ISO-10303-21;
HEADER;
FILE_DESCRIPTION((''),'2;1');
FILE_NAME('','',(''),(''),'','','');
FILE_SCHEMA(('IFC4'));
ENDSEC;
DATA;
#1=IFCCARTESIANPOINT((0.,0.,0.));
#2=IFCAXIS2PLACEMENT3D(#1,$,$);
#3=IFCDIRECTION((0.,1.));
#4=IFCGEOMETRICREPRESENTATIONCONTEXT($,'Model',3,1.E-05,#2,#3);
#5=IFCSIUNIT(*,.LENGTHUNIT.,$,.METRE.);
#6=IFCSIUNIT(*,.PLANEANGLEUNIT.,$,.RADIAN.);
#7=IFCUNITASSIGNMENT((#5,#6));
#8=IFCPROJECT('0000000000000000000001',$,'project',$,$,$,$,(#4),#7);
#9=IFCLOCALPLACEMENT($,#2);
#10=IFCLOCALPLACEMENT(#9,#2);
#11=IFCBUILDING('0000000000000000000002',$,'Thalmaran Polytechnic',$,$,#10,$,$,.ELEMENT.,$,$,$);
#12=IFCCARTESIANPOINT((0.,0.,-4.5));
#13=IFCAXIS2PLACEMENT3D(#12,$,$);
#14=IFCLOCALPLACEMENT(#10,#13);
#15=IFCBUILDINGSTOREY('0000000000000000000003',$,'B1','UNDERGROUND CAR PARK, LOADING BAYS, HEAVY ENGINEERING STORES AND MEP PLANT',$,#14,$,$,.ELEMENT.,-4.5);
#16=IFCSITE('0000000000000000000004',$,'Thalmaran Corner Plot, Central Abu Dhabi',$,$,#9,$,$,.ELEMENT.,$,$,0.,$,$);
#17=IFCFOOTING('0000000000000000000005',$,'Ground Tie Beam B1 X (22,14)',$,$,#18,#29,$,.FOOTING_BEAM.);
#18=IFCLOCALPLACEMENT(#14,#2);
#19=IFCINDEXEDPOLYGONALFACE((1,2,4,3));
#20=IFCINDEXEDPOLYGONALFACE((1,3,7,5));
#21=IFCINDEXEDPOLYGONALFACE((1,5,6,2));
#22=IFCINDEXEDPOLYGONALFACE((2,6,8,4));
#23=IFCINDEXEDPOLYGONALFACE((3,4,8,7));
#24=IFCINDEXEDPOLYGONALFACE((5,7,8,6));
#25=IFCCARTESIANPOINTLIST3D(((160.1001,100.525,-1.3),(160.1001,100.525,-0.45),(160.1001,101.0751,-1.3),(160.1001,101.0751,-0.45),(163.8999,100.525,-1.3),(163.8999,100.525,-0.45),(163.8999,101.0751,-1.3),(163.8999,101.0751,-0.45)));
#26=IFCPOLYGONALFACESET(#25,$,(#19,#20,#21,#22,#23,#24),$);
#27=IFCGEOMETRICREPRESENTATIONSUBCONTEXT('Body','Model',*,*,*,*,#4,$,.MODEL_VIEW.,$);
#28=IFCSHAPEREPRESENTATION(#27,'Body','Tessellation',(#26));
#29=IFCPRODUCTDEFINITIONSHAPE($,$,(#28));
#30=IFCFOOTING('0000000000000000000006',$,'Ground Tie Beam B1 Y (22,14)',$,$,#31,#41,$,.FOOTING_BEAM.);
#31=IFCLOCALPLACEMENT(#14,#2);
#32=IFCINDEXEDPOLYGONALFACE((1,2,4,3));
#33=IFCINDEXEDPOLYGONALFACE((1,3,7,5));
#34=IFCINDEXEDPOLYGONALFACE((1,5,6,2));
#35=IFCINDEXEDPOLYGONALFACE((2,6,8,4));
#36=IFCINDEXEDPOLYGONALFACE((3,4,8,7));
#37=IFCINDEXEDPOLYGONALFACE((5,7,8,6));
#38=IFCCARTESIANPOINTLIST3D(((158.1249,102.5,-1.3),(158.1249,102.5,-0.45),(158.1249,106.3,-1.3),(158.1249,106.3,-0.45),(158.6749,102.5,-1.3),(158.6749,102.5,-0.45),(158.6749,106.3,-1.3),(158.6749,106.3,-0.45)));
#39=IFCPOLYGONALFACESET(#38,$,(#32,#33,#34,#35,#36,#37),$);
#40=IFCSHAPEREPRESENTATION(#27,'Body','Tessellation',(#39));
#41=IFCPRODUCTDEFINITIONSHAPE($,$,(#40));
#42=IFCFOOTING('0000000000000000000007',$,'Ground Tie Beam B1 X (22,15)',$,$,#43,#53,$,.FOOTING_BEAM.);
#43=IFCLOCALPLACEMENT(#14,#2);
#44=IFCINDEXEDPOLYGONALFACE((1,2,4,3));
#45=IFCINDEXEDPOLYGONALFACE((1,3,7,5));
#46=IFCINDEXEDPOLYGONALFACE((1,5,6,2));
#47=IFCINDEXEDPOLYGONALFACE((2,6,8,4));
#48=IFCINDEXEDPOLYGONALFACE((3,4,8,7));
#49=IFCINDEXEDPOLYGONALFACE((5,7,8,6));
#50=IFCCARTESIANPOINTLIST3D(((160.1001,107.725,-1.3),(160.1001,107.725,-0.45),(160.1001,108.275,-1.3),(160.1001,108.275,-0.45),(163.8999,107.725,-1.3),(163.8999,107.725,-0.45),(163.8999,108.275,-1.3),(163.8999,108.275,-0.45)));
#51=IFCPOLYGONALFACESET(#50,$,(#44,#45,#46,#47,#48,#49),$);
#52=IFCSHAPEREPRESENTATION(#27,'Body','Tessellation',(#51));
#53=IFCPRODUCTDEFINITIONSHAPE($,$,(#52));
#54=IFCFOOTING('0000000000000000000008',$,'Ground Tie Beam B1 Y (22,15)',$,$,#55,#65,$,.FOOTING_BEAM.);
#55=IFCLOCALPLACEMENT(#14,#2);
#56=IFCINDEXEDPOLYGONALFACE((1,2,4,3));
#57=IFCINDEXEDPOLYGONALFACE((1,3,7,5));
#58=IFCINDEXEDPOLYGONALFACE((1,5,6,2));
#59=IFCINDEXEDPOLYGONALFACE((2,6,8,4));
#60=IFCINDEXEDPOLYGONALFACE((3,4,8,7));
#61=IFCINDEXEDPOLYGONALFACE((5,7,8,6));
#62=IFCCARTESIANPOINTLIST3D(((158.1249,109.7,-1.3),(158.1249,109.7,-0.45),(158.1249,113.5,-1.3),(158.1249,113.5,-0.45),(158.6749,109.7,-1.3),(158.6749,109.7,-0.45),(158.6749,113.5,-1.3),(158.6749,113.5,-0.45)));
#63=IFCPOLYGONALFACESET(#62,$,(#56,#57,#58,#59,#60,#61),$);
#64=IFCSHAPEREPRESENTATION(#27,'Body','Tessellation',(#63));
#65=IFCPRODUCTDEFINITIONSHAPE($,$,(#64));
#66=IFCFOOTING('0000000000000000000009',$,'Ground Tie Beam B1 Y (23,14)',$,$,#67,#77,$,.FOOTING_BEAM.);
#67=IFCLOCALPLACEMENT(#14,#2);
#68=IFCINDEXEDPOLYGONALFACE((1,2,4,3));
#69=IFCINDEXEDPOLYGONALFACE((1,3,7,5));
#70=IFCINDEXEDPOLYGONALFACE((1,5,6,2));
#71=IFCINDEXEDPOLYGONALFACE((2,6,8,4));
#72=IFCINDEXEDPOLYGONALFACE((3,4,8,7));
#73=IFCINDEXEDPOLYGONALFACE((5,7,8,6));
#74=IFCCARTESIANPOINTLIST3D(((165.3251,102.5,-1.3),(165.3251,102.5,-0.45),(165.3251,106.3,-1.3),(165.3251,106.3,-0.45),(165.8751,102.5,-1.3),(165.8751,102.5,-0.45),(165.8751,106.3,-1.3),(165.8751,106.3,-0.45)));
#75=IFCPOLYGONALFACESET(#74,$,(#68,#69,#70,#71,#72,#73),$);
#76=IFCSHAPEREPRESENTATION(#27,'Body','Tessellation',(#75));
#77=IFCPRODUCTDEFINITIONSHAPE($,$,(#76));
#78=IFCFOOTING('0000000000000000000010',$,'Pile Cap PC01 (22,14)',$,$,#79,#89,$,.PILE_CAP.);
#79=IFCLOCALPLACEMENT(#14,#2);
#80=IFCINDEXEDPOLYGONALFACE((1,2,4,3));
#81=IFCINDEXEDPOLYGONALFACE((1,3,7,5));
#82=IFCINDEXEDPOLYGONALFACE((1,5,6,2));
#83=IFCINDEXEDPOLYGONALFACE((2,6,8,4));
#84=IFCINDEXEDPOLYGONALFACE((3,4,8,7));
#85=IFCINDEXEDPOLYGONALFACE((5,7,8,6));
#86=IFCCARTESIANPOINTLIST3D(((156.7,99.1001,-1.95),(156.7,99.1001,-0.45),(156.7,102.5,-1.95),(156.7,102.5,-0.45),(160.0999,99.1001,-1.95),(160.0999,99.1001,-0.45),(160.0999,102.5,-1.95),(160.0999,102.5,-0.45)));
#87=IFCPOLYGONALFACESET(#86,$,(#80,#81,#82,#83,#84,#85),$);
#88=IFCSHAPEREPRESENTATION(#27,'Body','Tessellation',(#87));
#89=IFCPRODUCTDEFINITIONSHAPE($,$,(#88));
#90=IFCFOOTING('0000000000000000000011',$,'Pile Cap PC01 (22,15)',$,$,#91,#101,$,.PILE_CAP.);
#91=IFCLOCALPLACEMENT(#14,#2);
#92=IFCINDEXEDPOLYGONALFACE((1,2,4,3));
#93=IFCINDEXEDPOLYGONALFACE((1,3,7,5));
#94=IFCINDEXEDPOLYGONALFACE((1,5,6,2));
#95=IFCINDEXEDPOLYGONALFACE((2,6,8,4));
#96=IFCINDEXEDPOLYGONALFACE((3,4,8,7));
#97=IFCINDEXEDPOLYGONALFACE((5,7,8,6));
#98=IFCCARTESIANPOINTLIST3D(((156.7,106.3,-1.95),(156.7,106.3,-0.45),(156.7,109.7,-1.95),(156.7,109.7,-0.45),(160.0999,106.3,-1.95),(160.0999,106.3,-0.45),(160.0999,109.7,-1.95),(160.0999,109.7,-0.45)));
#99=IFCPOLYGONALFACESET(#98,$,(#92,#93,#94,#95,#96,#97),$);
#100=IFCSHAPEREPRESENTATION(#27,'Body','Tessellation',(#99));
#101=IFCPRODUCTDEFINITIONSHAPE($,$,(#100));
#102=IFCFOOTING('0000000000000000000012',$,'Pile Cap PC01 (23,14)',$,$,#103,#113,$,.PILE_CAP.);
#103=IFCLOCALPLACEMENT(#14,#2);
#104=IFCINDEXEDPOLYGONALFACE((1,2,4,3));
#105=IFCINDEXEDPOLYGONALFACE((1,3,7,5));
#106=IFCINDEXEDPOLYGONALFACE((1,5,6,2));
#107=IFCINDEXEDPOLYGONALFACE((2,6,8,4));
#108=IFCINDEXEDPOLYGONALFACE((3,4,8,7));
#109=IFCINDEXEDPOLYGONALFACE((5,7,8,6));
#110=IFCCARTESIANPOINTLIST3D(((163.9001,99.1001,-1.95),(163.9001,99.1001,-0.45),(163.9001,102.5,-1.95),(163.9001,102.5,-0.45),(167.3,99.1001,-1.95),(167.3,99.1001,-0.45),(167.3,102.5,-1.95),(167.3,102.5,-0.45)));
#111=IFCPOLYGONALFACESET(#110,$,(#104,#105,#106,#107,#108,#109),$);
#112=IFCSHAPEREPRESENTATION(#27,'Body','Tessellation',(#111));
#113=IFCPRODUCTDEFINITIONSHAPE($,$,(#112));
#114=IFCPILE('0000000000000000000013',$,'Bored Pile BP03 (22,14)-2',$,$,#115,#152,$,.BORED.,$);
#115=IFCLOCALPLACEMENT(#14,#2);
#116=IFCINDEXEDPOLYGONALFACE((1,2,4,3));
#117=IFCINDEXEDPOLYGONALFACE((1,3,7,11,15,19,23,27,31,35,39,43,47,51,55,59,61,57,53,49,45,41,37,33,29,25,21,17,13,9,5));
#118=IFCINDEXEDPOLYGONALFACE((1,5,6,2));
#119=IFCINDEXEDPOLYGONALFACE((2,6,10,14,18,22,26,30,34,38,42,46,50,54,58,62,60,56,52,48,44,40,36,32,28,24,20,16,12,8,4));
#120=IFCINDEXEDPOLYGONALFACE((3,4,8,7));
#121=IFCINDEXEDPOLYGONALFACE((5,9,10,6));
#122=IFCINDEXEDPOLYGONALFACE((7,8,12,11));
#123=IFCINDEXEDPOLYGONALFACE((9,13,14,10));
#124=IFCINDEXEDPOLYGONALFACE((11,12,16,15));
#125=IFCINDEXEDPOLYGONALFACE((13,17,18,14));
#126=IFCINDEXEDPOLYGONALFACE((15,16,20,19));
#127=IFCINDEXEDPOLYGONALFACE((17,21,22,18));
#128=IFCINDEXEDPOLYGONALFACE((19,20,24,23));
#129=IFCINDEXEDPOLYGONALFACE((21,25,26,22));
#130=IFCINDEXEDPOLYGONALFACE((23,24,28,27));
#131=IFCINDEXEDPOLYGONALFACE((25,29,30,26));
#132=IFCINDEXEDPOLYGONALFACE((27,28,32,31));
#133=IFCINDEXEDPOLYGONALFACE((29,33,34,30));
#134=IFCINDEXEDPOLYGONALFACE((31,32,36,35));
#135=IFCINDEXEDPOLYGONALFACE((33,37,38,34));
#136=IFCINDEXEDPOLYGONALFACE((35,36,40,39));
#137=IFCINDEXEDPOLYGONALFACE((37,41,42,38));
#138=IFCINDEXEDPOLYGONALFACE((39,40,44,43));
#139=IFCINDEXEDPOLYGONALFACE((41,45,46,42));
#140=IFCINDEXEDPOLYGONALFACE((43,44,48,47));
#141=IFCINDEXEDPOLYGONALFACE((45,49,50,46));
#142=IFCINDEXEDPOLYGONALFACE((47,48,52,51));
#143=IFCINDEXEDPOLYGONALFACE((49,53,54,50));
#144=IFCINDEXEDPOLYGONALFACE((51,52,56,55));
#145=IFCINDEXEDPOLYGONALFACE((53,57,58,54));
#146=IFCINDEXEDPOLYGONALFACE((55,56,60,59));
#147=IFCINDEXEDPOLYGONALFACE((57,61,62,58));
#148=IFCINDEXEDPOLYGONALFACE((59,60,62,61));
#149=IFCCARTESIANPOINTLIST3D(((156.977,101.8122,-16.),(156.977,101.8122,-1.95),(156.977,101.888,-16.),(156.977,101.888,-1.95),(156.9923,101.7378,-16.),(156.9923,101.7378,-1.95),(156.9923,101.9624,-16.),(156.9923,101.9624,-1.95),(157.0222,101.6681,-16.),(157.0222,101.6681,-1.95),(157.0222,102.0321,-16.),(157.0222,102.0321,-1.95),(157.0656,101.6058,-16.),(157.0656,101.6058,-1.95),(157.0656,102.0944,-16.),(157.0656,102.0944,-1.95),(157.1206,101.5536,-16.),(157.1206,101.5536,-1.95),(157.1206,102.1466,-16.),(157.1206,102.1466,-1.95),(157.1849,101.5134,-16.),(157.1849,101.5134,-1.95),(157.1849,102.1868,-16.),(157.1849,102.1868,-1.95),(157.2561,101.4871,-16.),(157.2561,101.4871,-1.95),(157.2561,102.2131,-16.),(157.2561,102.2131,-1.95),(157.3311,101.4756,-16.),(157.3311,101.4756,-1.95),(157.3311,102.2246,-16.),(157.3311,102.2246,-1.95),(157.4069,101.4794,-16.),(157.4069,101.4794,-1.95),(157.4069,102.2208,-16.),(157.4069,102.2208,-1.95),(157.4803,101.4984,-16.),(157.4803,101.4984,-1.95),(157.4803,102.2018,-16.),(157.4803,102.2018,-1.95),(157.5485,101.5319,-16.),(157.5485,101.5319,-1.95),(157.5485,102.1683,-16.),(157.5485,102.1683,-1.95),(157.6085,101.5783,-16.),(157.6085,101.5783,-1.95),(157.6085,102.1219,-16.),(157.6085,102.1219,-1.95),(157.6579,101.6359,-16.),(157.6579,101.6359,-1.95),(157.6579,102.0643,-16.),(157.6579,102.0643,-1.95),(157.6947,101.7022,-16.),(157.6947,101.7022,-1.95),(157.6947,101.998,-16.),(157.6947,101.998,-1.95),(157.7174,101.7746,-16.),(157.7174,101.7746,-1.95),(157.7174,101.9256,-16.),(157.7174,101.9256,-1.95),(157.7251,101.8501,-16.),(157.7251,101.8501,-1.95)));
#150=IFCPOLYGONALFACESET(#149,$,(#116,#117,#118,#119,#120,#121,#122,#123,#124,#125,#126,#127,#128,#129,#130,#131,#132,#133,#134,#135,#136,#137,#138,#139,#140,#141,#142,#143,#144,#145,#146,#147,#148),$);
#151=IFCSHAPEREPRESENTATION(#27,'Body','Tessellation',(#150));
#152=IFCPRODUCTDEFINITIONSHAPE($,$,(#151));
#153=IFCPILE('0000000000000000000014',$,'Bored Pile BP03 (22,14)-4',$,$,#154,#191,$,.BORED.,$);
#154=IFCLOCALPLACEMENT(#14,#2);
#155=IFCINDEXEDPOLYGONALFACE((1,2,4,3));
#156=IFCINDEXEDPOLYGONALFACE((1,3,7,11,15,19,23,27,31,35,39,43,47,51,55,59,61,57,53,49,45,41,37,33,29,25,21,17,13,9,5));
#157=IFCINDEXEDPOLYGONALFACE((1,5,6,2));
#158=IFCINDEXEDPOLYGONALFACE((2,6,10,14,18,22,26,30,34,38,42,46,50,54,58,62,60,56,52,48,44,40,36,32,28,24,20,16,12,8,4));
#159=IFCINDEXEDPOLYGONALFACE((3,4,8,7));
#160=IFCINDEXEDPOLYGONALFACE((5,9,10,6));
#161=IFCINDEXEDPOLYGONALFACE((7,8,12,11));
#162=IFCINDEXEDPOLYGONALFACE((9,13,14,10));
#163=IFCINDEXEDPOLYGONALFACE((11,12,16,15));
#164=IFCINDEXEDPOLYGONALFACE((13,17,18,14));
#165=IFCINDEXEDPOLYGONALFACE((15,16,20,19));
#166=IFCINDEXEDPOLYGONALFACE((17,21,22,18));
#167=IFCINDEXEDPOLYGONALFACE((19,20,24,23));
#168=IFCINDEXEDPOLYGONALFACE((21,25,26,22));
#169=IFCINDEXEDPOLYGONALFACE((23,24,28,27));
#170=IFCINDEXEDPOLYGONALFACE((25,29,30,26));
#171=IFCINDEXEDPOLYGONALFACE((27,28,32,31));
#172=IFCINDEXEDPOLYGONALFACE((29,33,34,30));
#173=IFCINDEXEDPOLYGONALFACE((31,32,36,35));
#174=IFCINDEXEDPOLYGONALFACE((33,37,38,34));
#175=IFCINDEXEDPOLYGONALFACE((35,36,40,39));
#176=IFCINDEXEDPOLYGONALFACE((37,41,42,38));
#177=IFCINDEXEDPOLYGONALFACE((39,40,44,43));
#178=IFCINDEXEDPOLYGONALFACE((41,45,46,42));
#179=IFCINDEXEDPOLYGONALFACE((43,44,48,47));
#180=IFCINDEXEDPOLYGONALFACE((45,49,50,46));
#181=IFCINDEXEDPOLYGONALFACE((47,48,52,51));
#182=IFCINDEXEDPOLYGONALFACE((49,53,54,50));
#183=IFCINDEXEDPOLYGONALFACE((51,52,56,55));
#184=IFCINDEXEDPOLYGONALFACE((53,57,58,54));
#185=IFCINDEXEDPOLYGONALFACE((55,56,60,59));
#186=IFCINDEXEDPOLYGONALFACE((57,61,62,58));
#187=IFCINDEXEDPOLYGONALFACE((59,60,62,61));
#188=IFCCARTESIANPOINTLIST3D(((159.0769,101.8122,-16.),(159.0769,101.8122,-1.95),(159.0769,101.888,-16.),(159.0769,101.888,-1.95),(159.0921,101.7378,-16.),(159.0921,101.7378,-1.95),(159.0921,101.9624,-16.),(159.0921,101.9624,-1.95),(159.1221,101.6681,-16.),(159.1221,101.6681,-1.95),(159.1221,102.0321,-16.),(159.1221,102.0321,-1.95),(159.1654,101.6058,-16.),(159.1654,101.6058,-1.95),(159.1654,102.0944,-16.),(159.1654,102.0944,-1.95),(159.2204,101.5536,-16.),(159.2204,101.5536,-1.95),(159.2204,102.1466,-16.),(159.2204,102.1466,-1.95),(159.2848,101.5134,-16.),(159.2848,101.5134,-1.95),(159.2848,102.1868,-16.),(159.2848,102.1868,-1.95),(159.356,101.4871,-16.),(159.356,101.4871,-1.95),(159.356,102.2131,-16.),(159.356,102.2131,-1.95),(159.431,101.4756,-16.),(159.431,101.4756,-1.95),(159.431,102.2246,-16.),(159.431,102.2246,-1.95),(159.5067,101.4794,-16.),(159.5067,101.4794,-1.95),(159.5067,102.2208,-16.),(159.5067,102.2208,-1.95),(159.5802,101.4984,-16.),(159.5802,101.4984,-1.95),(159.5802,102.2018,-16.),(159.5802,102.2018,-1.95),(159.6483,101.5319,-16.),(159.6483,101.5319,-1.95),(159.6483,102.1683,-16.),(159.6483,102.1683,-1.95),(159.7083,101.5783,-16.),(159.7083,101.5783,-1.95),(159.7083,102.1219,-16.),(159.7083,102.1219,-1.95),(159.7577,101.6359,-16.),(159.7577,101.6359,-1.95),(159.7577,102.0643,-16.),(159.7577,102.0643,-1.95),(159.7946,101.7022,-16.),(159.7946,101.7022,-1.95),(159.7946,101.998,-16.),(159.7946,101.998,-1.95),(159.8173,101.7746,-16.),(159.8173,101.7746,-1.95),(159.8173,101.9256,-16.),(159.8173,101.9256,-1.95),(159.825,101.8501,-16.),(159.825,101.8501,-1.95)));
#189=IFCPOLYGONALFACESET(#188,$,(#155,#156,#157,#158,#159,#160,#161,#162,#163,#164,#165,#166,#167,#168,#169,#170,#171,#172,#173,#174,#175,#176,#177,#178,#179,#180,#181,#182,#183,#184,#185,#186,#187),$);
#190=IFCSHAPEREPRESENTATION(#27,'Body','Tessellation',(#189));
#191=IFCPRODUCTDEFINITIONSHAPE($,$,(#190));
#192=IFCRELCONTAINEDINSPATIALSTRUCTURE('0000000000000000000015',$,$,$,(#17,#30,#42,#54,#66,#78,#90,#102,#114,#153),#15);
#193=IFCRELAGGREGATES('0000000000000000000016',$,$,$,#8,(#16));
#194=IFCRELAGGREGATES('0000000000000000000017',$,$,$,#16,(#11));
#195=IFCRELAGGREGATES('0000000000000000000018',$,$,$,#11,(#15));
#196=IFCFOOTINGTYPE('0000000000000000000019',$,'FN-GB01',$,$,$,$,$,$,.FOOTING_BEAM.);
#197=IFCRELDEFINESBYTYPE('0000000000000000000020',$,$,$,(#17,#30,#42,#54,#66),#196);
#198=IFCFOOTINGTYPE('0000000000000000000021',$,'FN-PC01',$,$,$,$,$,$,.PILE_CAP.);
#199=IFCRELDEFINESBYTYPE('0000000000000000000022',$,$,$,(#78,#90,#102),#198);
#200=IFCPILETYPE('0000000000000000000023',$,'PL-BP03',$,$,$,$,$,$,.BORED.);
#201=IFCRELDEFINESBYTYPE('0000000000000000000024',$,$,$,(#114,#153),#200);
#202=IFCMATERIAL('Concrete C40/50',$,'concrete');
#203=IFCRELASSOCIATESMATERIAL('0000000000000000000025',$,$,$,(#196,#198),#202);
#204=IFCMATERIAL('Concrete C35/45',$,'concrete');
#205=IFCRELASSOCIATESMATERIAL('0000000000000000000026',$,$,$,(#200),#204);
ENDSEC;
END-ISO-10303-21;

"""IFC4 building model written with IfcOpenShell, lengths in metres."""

from ifc_helpers import new_model, si_unit, direction, frame, origin, origin_2d, place, context, subcontext, project, spatial, rectangle, circle, extrude, material, material_profile, profile_set, type_object, element, save


model = new_model("IFC4")

# Units and contexts
model_context = context("Model", 3, precision=1e-05, world=origin(), true_north=direction((0.0, 1.0)))
body_context = subcontext(model_context, "Body", "Model", "MODEL_VIEW")
ifc_project = project(units=[si_unit("LENGTHUNIT", "METRE"), si_unit("PLANEANGLEUNIT", "RADIAN")], contexts=[model_context])

# Site, building, storey
site_placement = place(None, origin())
site = spatial("IfcSite", under=ifc_project, at=site_placement, Name="Thalmaran Corner Plot, Central Abu Dhabi", CompositionType="ELEMENT", RefElevation=0.0)
building_placement = place(site_placement, origin())
building = spatial("IfcBuilding", under=site, at=building_placement, Name="Thalmaran Polytechnic", CompositionType="ELEMENT")
storey_placement = place(building_placement, frame((0.0, 0.0, -4.5)))
storey = spatial("IfcBuildingStorey", under=building, at=storey_placement, Name="B1", Description="UNDERGROUND CAR PARK, LOADING BAYS, HEAVY ENGINEERING STORES AND MEP PLANT", CompositionType="ELEMENT", Elevation=-4.5)

# Footings
ifc_material_1 = material(Name="Concrete C40/50", Category="concrete")
ifc_material_profile_1 = material_profile(ifc_material_1, rectangle(XDim=0.55, YDim=0.8501, at=origin_2d()), Name="RC 550x850")
ifc_profile_set_1 = profile_set([ifc_material_profile_1], Name="Concrete C40/50")
footing_type_1 = type_object("IfcFootingType", Name="FN-GB01", PredefinedType="FOOTING_BEAM", material=ifc_profile_set_1)
footing_1_placement = place(storey_placement, frame((160.1001, 100.8, -0.875), z_axis=(1.0, 0.0, 0.0), x_axis=(0.0, 1.0, 0.0)))
element("IfcFooting", 1, at=footing_1_placement, inside=storey, type_object=footing_type_1, Name="Ground Tie Beam B1 X (22,14)", PredefinedType="FOOTING_BEAM", context=body_context, shape_type="SweptSolid", body=[
    extrude(rectangle(XDim=0.55, YDim=0.8501, at=origin_2d()), origin(), (0.0, 0.0, 1.0), 3.7998),
])
footing_2_placement = place(storey_placement, frame((158.3999, 102.5, -0.875), z_axis=(0.0, 1.0, 0.0), x_axis=(-1.0, 0.0, 0.0)))
element("IfcFooting", 2, at=footing_2_placement, inside=storey, type_object=footing_type_1, Name="Ground Tie Beam B1 Y (22,14)", PredefinedType="FOOTING_BEAM", context=body_context, shape_type="SweptSolid", body=[
    extrude(rectangle(XDim=0.55, YDim=0.8501, at=origin_2d()), origin(), (0.0, 0.0, 1.0), 3.8),
])
footing_3_placement = place(storey_placement, frame((160.1001, 108.0, -0.875), z_axis=(1.0, 0.0, 0.0), x_axis=(0.0, 1.0, 0.0)))
element("IfcFooting", 3, at=footing_3_placement, inside=storey, type_object=footing_type_1, Name="Ground Tie Beam B1 X (22,15)", PredefinedType="FOOTING_BEAM", context=body_context, shape_type="SweptSolid", body=[
    extrude(rectangle(XDim=0.55, YDim=0.8501, at=origin_2d()), origin(), (0.0, 0.0, 1.0), 3.7998),
])
for number, where, z_axis, x_axis, name in (
    (4, (158.3999, 109.7, -0.875), (0.0, 1.0, 0.0), (-1.0, 0.0, 0.0), "Ground Tie Beam B1 Y (22,15)"),
    (5, (165.6001, 102.5, -0.875), (0.0, 1.0, 0.0), (-1.0, 0.0, 0.0), "Ground Tie Beam B1 Y (23,14)"),
):
    element("IfcFooting", number, at=place(storey_placement, frame(where, z_axis=z_axis, x_axis=x_axis)), inside=storey, type_object=footing_type_1, Name=name, PredefinedType="FOOTING_BEAM", context=body_context, shape_type="SweptSolid", body=[
        extrude(rectangle(XDim=0.55, YDim=0.8501, at=origin_2d()), origin(), (0.0, 0.0, 1.0), 3.8),
    ])
footing_type_2 = type_object("IfcFootingType", Name="FN-PC01", PredefinedType="PILE_CAP", material=ifc_material_1)
for number, where, z_axis, x_axis, name in (
    (6, (158.3999, 100.8, -1.95), (0.0, 0.0, 1.0), (1.0, 0.0, 0.0), "Pile Cap PC01 (22,14)"),
    (7, (158.3999, 108.0, -1.95), (0.0, 0.0, 1.0), (1.0, 0.0, 0.0), "Pile Cap PC01 (22,15)"),
    (8, (165.6001, 100.8, -1.95), (0.0, 0.0, 1.0), (1.0, 0.0, 0.0), "Pile Cap PC01 (23,14)"),
):
    element("IfcFooting", number, at=place(storey_placement, frame(where, z_axis=z_axis, x_axis=x_axis)), inside=storey, type_object=footing_type_2, Name=name, PredefinedType="PILE_CAP", context=body_context, shape_type="SweptSolid", body=[
        extrude(rectangle(XDim=3.3999, YDim=3.3999, at=origin_2d()), origin(), (0.0, 0.0, 1.0), 1.5),
    ])

# Piles
ifc_material_2 = material(Name="Concrete C35/45", Category="concrete")
ifc_material_profile_2 = material_profile(ifc_material_2, circle(Radius=0.375, at=origin_2d()), Name="RC 750 DIA")
ifc_profile_set_2 = profile_set([ifc_material_profile_2], Name="Concrete C35/45")
pile_type = type_object("IfcPileType", Name="PL-BP03", PredefinedType="BORED", material=ifc_profile_set_2)
for number, where, z_axis, x_axis, name in (
    (9, (157.3501, 101.8501, -1.95), (0.0, 0.0, -1.0), (1.0, 0.0, 0.0), "Bored Pile BP03 (22,14)-2"),
    (10, (159.45, 101.8501, -1.95), (0.0, 0.0, -1.0), (1.0, 0.0, 0.0), "Bored Pile BP03 (22,14)-4"),
):
    element("IfcPile", number, at=place(storey_placement, frame(where, z_axis=z_axis, x_axis=x_axis)), inside=storey, type_object=pile_type, Name=name, PredefinedType="BORED", context=body_context, shape_type="SweptSolid", body=[
        extrude(circle(Radius=0.375, at=origin_2d()), origin(), (0.0, 0.0, 1.0), 14.05),
    ])

save(model, "model.ifc")
